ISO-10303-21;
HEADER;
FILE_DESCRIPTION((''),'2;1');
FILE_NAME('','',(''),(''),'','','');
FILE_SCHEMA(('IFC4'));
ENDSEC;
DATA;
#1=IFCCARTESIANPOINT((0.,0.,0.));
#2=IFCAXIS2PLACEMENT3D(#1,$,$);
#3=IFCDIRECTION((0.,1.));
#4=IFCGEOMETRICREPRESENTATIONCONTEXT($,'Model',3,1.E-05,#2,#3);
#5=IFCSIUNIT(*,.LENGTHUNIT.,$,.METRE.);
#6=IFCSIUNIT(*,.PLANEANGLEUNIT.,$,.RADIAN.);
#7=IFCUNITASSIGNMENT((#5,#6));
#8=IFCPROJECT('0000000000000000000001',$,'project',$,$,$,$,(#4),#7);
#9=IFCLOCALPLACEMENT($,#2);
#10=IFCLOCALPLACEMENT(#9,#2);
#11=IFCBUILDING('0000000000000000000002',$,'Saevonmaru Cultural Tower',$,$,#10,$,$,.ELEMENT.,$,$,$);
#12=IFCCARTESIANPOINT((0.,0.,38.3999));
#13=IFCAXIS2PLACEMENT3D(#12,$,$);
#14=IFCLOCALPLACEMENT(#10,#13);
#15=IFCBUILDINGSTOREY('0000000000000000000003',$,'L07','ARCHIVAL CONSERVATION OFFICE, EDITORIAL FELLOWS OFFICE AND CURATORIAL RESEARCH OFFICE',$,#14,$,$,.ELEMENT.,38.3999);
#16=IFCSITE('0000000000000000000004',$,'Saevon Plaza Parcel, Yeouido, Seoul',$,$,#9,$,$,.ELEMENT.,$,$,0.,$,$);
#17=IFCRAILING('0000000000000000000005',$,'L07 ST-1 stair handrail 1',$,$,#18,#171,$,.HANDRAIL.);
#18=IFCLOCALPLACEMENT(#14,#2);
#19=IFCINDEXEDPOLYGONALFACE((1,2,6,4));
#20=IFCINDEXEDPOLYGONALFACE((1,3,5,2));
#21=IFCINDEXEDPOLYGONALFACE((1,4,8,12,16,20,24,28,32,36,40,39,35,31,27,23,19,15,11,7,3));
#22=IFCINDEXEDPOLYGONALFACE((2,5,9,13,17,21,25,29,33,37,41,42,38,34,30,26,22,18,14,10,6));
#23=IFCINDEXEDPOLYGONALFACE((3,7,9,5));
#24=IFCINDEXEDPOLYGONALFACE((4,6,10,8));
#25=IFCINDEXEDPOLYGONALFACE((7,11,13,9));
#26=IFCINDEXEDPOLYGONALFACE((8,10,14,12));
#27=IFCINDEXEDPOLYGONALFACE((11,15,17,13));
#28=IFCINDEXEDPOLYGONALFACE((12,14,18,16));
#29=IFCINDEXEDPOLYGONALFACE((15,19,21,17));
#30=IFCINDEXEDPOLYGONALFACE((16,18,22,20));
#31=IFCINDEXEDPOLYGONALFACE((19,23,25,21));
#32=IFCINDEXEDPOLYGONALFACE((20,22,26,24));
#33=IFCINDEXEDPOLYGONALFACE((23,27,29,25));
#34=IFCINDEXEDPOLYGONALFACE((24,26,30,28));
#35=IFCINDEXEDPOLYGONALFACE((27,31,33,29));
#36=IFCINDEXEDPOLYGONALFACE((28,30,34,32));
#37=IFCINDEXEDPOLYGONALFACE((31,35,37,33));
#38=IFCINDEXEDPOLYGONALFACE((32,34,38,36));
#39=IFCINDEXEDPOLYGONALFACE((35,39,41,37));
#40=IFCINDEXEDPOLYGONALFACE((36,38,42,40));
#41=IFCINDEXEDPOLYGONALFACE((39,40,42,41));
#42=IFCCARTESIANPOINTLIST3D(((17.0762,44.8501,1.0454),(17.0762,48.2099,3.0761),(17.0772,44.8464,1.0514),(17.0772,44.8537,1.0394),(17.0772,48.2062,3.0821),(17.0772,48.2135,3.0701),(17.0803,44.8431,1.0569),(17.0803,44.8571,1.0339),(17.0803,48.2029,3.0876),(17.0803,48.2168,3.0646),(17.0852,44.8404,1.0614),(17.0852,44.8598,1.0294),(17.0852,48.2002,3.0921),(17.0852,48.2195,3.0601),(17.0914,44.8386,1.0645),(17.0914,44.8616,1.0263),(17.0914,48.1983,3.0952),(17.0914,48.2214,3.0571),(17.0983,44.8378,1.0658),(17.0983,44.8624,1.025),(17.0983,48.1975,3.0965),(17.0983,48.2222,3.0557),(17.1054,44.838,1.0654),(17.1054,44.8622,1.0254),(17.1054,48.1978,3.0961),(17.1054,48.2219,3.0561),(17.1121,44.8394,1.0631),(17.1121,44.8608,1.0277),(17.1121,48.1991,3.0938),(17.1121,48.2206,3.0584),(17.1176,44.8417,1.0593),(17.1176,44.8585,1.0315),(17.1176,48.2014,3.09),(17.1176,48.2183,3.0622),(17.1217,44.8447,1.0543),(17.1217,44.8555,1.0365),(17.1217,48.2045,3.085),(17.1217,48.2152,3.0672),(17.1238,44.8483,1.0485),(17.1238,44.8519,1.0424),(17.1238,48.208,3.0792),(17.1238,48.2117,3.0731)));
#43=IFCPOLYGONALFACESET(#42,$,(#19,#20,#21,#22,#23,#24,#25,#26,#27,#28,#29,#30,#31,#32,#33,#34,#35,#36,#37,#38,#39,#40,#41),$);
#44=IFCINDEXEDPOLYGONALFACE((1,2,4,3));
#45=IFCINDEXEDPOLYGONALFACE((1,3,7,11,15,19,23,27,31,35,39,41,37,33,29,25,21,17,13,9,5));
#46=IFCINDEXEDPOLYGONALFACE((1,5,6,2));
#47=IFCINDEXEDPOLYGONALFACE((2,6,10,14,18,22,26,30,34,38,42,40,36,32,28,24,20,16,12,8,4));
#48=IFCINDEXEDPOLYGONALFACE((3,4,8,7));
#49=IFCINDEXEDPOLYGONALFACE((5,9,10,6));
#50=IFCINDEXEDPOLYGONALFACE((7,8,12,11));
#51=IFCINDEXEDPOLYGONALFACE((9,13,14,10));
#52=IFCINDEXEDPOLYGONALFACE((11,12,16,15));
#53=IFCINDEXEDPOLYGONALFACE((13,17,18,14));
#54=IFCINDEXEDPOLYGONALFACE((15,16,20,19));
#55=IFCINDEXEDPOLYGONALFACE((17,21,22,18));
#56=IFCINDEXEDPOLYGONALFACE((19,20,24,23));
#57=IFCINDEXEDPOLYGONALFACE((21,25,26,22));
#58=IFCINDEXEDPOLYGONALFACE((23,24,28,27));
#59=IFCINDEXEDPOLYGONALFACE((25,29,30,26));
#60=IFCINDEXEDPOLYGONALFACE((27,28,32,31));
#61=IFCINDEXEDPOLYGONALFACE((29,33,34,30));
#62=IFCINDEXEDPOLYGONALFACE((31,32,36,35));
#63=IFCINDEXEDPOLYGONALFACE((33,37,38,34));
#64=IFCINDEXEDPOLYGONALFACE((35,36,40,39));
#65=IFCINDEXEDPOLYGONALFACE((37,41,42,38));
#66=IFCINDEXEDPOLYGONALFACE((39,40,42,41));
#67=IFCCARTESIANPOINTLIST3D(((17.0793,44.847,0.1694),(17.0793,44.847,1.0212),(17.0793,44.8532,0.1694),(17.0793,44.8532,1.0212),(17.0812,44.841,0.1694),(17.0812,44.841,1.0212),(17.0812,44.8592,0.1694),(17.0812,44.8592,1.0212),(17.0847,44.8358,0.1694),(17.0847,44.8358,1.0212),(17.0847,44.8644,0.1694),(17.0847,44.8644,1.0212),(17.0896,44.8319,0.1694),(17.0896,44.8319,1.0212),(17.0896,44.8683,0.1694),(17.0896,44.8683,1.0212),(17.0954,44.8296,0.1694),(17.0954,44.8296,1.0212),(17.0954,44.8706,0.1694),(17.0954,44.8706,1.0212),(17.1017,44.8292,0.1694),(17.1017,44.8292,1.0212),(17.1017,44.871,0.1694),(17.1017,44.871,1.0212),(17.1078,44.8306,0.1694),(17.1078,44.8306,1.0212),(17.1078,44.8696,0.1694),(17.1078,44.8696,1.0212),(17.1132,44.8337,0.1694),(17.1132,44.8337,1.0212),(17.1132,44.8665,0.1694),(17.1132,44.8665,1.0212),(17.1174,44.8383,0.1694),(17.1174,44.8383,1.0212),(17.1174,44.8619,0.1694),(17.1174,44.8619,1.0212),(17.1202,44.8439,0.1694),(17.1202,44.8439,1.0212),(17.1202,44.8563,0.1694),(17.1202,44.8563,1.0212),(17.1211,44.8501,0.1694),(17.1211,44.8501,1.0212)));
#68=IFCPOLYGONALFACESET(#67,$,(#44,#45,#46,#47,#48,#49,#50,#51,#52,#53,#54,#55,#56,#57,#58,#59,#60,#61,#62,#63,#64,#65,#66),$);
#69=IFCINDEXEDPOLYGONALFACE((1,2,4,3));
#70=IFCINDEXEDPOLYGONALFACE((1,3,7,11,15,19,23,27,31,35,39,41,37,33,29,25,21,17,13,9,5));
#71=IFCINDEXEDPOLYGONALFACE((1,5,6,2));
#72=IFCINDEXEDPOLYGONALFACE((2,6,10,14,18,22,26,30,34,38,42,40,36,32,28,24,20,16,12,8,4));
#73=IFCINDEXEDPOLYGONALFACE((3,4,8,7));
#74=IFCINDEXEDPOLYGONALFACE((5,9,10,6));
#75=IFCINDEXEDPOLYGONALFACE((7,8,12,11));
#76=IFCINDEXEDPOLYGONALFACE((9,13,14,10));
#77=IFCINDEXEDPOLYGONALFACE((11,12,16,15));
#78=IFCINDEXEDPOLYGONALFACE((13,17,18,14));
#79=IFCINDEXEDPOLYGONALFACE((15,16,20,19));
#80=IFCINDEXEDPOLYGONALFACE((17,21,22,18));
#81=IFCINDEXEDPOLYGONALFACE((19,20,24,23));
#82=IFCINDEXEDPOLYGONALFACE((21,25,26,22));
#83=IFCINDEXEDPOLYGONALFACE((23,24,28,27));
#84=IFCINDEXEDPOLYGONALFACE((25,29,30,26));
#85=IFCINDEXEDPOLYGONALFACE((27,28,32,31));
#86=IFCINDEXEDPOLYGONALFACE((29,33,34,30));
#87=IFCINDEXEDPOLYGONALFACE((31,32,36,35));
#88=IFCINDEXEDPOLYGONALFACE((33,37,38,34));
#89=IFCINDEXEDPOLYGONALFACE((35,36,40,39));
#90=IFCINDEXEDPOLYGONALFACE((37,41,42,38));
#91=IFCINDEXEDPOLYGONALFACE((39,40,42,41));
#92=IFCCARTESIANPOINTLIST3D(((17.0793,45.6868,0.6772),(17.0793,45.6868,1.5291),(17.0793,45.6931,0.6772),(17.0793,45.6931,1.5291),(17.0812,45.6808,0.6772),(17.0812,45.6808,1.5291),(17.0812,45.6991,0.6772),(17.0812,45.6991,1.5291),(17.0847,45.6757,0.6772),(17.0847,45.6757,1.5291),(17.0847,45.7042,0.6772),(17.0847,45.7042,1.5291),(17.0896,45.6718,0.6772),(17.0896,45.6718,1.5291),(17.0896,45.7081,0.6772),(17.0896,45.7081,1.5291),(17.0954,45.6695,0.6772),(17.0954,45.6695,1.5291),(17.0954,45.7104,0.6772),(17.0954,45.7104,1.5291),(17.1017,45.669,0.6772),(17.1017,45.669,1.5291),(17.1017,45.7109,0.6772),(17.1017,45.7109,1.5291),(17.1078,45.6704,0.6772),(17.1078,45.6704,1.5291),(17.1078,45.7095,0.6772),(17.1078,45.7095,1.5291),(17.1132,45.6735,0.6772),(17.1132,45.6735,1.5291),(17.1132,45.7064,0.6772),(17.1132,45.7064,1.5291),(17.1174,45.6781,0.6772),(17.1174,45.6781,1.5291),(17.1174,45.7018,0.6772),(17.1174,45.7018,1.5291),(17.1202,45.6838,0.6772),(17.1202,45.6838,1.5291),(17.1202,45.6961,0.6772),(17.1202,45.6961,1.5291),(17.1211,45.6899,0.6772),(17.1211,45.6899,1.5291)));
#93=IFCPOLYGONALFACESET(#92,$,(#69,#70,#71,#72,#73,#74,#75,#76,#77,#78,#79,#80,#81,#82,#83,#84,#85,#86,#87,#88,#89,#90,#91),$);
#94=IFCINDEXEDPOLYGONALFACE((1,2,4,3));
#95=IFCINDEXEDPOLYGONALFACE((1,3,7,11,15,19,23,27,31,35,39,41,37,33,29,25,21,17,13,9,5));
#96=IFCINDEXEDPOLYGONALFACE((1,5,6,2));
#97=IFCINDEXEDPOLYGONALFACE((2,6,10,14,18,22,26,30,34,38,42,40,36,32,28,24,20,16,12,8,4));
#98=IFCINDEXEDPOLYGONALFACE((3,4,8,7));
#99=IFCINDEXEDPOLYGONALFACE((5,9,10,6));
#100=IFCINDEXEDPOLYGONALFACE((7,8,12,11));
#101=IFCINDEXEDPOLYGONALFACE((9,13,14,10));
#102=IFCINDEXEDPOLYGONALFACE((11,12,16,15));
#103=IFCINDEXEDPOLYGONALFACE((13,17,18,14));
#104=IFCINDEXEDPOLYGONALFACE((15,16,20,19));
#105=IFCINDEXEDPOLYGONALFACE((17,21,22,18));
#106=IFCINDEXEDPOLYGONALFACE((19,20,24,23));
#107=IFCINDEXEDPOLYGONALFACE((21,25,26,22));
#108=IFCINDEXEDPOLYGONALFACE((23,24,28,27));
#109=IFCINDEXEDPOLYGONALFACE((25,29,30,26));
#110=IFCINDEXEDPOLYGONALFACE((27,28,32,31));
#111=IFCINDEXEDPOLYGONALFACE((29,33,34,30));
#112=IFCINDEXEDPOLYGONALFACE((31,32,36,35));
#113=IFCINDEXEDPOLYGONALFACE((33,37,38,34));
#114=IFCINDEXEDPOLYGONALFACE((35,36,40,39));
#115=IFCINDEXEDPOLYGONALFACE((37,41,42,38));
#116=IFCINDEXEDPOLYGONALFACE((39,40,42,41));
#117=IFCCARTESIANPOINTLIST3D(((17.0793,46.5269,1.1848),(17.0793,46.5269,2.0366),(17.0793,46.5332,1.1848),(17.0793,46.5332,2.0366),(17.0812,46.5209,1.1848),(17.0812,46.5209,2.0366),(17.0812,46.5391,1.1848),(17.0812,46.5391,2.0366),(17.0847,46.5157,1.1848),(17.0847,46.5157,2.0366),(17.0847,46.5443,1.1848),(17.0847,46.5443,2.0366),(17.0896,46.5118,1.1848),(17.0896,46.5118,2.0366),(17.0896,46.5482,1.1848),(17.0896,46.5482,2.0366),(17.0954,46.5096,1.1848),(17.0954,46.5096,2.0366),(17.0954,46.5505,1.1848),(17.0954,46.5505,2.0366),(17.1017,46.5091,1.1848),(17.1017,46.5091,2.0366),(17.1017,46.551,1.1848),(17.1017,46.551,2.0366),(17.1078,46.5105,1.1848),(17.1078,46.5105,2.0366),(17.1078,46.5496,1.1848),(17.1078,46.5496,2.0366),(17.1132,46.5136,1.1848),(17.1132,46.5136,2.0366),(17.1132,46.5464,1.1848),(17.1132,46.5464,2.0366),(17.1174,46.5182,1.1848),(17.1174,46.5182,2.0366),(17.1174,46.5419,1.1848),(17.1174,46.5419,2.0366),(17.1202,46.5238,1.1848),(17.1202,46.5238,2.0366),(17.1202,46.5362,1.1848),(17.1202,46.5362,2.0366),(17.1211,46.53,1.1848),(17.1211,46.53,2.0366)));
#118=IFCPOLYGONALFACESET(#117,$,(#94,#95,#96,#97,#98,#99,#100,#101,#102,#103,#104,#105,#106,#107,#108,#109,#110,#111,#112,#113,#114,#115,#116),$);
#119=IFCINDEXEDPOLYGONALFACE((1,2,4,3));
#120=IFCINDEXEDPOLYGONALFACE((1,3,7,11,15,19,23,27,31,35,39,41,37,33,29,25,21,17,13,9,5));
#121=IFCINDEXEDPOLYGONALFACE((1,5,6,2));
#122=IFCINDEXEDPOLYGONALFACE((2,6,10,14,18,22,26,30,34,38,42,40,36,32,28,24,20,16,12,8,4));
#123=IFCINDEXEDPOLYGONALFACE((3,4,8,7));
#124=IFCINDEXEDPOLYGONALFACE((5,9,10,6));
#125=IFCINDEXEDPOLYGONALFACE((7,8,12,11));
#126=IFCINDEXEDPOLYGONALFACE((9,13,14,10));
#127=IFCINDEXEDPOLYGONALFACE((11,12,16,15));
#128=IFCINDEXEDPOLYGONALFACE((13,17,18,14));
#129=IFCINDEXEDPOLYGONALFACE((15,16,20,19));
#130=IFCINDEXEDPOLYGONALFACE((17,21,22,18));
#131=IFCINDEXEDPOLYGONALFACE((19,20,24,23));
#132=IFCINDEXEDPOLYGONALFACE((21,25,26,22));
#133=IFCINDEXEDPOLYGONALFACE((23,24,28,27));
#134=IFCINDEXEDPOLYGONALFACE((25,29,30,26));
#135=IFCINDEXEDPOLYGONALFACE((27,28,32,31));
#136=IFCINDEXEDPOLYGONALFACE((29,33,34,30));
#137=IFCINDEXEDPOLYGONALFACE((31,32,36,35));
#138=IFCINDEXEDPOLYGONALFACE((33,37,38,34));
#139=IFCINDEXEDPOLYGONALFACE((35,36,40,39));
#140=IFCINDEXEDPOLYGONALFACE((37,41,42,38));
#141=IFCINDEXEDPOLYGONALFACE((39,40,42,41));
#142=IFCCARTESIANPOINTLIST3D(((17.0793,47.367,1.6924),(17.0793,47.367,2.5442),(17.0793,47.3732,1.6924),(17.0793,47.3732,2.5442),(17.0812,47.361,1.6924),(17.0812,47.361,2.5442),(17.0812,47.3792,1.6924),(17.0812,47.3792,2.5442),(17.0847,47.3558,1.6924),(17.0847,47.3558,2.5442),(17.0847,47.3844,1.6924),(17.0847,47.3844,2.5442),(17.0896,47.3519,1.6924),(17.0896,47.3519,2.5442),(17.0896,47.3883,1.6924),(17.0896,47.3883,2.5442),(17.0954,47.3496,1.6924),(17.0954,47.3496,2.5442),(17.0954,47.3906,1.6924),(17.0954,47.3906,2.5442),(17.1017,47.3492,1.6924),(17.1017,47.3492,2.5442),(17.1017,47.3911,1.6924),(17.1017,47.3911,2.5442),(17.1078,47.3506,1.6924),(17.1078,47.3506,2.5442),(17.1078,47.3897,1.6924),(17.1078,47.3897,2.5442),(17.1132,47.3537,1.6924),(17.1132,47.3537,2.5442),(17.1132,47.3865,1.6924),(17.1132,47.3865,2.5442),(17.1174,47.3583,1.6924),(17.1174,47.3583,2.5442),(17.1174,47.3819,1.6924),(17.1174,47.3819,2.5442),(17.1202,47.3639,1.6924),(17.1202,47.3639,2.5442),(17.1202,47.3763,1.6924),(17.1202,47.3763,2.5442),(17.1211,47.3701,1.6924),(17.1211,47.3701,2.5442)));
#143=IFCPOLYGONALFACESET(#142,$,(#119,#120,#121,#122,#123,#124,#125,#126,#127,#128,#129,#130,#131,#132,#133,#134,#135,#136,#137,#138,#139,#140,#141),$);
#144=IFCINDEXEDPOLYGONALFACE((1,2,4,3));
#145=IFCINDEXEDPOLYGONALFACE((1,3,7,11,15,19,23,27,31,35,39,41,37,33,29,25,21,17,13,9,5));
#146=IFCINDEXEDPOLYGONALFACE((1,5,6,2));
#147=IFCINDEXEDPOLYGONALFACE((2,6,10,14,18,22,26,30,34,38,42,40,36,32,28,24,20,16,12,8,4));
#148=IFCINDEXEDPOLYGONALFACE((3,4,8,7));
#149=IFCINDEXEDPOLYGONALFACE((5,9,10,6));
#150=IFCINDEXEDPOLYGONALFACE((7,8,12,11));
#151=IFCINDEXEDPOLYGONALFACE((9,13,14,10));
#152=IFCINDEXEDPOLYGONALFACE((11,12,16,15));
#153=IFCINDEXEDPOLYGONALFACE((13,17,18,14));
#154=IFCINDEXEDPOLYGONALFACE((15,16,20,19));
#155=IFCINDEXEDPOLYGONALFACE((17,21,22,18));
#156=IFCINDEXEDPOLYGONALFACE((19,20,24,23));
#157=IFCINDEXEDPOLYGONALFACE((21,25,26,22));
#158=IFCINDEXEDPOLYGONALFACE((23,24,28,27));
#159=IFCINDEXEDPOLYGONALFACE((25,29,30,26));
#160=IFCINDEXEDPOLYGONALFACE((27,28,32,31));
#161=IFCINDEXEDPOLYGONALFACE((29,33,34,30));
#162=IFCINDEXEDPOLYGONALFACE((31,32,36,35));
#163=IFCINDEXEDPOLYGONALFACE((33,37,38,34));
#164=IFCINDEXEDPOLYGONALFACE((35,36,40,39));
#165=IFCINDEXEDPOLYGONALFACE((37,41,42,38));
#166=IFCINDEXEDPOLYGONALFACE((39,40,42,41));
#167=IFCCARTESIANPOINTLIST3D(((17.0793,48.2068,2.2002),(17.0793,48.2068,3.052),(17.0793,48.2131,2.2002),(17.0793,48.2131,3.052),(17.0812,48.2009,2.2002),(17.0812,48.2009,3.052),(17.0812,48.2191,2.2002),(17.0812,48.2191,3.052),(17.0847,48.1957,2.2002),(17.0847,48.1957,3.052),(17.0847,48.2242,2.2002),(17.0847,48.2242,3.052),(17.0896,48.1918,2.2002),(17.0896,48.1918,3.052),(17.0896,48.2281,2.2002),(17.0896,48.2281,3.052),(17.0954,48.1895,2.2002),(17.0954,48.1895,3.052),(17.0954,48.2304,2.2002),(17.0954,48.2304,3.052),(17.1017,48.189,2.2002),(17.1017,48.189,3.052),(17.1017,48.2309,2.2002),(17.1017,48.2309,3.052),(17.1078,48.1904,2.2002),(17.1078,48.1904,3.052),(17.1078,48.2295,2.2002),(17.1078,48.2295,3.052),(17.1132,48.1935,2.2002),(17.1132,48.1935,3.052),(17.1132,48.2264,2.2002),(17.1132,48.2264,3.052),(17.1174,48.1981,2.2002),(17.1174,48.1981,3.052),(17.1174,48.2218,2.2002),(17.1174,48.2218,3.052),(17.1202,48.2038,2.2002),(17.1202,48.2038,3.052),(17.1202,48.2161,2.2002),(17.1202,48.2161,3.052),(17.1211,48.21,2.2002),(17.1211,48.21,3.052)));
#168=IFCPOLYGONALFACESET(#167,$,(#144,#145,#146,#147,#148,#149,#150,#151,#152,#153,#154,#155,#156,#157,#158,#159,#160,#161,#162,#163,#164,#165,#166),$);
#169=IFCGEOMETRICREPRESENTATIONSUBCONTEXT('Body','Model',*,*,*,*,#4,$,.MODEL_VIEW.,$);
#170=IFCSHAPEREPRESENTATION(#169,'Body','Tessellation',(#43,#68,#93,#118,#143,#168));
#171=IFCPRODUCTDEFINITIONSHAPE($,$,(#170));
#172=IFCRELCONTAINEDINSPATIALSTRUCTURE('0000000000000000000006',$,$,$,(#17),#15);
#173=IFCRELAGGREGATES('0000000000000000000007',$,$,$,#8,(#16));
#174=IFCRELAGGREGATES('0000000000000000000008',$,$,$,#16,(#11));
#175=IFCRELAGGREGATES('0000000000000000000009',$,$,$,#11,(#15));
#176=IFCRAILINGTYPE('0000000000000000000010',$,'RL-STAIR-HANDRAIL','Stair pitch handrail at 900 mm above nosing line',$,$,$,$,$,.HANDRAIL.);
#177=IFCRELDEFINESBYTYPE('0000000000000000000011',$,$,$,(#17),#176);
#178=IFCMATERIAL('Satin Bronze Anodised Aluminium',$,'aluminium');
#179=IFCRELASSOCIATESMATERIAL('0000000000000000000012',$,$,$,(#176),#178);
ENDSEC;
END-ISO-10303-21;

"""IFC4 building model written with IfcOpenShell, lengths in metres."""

from ifc_helpers import new_model, si_unit, direction, frame, origin, origin_2d, place, context, subcontext, project, spatial, circle, extrude, material, type_object, element, save


model = new_model("IFC4")

# Units and contexts
model_context = context("Model", 3, precision=1e-05, world=origin(), true_north=direction((0.0, 1.0)))
body_context = subcontext(model_context, "Body", "Model", "MODEL_VIEW")
ifc_project = project(units=[si_unit("LENGTHUNIT", "METRE"), si_unit("PLANEANGLEUNIT", "RADIAN")], contexts=[model_context])

# Site, building, storey
site_placement = place(None, origin())
site = spatial("IfcSite", under=ifc_project, at=site_placement, Name="Saevon Plaza Parcel, Yeouido, Seoul", CompositionType="ELEMENT", RefElevation=0.0)
building_placement = place(site_placement, origin())
building = spatial("IfcBuilding", under=site, at=building_placement, Name="Saevonmaru Cultural Tower", CompositionType="ELEMENT")
storey_placement = place(building_placement, frame((0.0, 0.0, 38.3999)))
storey = spatial("IfcBuildingStorey", under=building, at=storey_placement, Name="L07", Description="ARCHIVAL CONSERVATION OFFICE, EDITORIAL FELLOWS OFFICE AND CURATORIAL RESEARCH OFFICE", CompositionType="ELEMENT", Elevation=38.3999)

# Shared definitions
ifc_material_1 = material(Name="Satin Bronze Anodised Aluminium", Category="aluminium")

# Railing
railing_type_1 = type_object("IfcRailingType", Name="RL-STAIR-HANDRAIL", Description="Stair pitch handrail at 900 mm above nosing line", PredefinedType="HANDRAIL", material=ifc_material_1)
for number, where, name in (
    (1, (17.1001, 44.8501, 0.1694), "L07 ST-1 stair handrail 1"),
):
    element("IfcRailing", number, at=place(storey_placement, frame(where)), inside=storey, type_object=railing_type_1, Name=name, PredefinedType="HANDRAIL", context=body_context, shape_type="SweptSolid", body=[
        extrude(circle(Radius=0.0239, at=origin_2d()), frame((0.0, 0.0, 0.876), z_axis=(0.0, 0.85582, 0.517273), x_axis=(-1.0, 0.0, 0.0)), (0.0, 0.0, 1.0), 3.9258),
        extrude(circle(Radius=0.021, at=origin_2d()), origin(), (0.0, 0.0, 1.0), 0.8518),
        extrude(circle(Radius=0.021, at=origin_2d()), frame((0.0, 0.8398, 0.5078)), (0.0, 0.0, 1.0), 0.8518),
        extrude(circle(Radius=0.021, at=origin_2d()), frame((0.0, 1.6799, 1.0154)), (0.0, 0.0, 1.0), 0.8518),
        extrude(circle(Radius=0.021, at=origin_2d()), frame((0.0, 2.52, 1.5229)), (0.0, 0.0, 1.0), 0.8518),
        extrude(circle(Radius=0.021, at=origin_2d()), frame((0.0, 3.3599, 2.0308)), (0.0, 0.0, 1.0), 0.8518),
    ])

save(model, "model.ifc")
